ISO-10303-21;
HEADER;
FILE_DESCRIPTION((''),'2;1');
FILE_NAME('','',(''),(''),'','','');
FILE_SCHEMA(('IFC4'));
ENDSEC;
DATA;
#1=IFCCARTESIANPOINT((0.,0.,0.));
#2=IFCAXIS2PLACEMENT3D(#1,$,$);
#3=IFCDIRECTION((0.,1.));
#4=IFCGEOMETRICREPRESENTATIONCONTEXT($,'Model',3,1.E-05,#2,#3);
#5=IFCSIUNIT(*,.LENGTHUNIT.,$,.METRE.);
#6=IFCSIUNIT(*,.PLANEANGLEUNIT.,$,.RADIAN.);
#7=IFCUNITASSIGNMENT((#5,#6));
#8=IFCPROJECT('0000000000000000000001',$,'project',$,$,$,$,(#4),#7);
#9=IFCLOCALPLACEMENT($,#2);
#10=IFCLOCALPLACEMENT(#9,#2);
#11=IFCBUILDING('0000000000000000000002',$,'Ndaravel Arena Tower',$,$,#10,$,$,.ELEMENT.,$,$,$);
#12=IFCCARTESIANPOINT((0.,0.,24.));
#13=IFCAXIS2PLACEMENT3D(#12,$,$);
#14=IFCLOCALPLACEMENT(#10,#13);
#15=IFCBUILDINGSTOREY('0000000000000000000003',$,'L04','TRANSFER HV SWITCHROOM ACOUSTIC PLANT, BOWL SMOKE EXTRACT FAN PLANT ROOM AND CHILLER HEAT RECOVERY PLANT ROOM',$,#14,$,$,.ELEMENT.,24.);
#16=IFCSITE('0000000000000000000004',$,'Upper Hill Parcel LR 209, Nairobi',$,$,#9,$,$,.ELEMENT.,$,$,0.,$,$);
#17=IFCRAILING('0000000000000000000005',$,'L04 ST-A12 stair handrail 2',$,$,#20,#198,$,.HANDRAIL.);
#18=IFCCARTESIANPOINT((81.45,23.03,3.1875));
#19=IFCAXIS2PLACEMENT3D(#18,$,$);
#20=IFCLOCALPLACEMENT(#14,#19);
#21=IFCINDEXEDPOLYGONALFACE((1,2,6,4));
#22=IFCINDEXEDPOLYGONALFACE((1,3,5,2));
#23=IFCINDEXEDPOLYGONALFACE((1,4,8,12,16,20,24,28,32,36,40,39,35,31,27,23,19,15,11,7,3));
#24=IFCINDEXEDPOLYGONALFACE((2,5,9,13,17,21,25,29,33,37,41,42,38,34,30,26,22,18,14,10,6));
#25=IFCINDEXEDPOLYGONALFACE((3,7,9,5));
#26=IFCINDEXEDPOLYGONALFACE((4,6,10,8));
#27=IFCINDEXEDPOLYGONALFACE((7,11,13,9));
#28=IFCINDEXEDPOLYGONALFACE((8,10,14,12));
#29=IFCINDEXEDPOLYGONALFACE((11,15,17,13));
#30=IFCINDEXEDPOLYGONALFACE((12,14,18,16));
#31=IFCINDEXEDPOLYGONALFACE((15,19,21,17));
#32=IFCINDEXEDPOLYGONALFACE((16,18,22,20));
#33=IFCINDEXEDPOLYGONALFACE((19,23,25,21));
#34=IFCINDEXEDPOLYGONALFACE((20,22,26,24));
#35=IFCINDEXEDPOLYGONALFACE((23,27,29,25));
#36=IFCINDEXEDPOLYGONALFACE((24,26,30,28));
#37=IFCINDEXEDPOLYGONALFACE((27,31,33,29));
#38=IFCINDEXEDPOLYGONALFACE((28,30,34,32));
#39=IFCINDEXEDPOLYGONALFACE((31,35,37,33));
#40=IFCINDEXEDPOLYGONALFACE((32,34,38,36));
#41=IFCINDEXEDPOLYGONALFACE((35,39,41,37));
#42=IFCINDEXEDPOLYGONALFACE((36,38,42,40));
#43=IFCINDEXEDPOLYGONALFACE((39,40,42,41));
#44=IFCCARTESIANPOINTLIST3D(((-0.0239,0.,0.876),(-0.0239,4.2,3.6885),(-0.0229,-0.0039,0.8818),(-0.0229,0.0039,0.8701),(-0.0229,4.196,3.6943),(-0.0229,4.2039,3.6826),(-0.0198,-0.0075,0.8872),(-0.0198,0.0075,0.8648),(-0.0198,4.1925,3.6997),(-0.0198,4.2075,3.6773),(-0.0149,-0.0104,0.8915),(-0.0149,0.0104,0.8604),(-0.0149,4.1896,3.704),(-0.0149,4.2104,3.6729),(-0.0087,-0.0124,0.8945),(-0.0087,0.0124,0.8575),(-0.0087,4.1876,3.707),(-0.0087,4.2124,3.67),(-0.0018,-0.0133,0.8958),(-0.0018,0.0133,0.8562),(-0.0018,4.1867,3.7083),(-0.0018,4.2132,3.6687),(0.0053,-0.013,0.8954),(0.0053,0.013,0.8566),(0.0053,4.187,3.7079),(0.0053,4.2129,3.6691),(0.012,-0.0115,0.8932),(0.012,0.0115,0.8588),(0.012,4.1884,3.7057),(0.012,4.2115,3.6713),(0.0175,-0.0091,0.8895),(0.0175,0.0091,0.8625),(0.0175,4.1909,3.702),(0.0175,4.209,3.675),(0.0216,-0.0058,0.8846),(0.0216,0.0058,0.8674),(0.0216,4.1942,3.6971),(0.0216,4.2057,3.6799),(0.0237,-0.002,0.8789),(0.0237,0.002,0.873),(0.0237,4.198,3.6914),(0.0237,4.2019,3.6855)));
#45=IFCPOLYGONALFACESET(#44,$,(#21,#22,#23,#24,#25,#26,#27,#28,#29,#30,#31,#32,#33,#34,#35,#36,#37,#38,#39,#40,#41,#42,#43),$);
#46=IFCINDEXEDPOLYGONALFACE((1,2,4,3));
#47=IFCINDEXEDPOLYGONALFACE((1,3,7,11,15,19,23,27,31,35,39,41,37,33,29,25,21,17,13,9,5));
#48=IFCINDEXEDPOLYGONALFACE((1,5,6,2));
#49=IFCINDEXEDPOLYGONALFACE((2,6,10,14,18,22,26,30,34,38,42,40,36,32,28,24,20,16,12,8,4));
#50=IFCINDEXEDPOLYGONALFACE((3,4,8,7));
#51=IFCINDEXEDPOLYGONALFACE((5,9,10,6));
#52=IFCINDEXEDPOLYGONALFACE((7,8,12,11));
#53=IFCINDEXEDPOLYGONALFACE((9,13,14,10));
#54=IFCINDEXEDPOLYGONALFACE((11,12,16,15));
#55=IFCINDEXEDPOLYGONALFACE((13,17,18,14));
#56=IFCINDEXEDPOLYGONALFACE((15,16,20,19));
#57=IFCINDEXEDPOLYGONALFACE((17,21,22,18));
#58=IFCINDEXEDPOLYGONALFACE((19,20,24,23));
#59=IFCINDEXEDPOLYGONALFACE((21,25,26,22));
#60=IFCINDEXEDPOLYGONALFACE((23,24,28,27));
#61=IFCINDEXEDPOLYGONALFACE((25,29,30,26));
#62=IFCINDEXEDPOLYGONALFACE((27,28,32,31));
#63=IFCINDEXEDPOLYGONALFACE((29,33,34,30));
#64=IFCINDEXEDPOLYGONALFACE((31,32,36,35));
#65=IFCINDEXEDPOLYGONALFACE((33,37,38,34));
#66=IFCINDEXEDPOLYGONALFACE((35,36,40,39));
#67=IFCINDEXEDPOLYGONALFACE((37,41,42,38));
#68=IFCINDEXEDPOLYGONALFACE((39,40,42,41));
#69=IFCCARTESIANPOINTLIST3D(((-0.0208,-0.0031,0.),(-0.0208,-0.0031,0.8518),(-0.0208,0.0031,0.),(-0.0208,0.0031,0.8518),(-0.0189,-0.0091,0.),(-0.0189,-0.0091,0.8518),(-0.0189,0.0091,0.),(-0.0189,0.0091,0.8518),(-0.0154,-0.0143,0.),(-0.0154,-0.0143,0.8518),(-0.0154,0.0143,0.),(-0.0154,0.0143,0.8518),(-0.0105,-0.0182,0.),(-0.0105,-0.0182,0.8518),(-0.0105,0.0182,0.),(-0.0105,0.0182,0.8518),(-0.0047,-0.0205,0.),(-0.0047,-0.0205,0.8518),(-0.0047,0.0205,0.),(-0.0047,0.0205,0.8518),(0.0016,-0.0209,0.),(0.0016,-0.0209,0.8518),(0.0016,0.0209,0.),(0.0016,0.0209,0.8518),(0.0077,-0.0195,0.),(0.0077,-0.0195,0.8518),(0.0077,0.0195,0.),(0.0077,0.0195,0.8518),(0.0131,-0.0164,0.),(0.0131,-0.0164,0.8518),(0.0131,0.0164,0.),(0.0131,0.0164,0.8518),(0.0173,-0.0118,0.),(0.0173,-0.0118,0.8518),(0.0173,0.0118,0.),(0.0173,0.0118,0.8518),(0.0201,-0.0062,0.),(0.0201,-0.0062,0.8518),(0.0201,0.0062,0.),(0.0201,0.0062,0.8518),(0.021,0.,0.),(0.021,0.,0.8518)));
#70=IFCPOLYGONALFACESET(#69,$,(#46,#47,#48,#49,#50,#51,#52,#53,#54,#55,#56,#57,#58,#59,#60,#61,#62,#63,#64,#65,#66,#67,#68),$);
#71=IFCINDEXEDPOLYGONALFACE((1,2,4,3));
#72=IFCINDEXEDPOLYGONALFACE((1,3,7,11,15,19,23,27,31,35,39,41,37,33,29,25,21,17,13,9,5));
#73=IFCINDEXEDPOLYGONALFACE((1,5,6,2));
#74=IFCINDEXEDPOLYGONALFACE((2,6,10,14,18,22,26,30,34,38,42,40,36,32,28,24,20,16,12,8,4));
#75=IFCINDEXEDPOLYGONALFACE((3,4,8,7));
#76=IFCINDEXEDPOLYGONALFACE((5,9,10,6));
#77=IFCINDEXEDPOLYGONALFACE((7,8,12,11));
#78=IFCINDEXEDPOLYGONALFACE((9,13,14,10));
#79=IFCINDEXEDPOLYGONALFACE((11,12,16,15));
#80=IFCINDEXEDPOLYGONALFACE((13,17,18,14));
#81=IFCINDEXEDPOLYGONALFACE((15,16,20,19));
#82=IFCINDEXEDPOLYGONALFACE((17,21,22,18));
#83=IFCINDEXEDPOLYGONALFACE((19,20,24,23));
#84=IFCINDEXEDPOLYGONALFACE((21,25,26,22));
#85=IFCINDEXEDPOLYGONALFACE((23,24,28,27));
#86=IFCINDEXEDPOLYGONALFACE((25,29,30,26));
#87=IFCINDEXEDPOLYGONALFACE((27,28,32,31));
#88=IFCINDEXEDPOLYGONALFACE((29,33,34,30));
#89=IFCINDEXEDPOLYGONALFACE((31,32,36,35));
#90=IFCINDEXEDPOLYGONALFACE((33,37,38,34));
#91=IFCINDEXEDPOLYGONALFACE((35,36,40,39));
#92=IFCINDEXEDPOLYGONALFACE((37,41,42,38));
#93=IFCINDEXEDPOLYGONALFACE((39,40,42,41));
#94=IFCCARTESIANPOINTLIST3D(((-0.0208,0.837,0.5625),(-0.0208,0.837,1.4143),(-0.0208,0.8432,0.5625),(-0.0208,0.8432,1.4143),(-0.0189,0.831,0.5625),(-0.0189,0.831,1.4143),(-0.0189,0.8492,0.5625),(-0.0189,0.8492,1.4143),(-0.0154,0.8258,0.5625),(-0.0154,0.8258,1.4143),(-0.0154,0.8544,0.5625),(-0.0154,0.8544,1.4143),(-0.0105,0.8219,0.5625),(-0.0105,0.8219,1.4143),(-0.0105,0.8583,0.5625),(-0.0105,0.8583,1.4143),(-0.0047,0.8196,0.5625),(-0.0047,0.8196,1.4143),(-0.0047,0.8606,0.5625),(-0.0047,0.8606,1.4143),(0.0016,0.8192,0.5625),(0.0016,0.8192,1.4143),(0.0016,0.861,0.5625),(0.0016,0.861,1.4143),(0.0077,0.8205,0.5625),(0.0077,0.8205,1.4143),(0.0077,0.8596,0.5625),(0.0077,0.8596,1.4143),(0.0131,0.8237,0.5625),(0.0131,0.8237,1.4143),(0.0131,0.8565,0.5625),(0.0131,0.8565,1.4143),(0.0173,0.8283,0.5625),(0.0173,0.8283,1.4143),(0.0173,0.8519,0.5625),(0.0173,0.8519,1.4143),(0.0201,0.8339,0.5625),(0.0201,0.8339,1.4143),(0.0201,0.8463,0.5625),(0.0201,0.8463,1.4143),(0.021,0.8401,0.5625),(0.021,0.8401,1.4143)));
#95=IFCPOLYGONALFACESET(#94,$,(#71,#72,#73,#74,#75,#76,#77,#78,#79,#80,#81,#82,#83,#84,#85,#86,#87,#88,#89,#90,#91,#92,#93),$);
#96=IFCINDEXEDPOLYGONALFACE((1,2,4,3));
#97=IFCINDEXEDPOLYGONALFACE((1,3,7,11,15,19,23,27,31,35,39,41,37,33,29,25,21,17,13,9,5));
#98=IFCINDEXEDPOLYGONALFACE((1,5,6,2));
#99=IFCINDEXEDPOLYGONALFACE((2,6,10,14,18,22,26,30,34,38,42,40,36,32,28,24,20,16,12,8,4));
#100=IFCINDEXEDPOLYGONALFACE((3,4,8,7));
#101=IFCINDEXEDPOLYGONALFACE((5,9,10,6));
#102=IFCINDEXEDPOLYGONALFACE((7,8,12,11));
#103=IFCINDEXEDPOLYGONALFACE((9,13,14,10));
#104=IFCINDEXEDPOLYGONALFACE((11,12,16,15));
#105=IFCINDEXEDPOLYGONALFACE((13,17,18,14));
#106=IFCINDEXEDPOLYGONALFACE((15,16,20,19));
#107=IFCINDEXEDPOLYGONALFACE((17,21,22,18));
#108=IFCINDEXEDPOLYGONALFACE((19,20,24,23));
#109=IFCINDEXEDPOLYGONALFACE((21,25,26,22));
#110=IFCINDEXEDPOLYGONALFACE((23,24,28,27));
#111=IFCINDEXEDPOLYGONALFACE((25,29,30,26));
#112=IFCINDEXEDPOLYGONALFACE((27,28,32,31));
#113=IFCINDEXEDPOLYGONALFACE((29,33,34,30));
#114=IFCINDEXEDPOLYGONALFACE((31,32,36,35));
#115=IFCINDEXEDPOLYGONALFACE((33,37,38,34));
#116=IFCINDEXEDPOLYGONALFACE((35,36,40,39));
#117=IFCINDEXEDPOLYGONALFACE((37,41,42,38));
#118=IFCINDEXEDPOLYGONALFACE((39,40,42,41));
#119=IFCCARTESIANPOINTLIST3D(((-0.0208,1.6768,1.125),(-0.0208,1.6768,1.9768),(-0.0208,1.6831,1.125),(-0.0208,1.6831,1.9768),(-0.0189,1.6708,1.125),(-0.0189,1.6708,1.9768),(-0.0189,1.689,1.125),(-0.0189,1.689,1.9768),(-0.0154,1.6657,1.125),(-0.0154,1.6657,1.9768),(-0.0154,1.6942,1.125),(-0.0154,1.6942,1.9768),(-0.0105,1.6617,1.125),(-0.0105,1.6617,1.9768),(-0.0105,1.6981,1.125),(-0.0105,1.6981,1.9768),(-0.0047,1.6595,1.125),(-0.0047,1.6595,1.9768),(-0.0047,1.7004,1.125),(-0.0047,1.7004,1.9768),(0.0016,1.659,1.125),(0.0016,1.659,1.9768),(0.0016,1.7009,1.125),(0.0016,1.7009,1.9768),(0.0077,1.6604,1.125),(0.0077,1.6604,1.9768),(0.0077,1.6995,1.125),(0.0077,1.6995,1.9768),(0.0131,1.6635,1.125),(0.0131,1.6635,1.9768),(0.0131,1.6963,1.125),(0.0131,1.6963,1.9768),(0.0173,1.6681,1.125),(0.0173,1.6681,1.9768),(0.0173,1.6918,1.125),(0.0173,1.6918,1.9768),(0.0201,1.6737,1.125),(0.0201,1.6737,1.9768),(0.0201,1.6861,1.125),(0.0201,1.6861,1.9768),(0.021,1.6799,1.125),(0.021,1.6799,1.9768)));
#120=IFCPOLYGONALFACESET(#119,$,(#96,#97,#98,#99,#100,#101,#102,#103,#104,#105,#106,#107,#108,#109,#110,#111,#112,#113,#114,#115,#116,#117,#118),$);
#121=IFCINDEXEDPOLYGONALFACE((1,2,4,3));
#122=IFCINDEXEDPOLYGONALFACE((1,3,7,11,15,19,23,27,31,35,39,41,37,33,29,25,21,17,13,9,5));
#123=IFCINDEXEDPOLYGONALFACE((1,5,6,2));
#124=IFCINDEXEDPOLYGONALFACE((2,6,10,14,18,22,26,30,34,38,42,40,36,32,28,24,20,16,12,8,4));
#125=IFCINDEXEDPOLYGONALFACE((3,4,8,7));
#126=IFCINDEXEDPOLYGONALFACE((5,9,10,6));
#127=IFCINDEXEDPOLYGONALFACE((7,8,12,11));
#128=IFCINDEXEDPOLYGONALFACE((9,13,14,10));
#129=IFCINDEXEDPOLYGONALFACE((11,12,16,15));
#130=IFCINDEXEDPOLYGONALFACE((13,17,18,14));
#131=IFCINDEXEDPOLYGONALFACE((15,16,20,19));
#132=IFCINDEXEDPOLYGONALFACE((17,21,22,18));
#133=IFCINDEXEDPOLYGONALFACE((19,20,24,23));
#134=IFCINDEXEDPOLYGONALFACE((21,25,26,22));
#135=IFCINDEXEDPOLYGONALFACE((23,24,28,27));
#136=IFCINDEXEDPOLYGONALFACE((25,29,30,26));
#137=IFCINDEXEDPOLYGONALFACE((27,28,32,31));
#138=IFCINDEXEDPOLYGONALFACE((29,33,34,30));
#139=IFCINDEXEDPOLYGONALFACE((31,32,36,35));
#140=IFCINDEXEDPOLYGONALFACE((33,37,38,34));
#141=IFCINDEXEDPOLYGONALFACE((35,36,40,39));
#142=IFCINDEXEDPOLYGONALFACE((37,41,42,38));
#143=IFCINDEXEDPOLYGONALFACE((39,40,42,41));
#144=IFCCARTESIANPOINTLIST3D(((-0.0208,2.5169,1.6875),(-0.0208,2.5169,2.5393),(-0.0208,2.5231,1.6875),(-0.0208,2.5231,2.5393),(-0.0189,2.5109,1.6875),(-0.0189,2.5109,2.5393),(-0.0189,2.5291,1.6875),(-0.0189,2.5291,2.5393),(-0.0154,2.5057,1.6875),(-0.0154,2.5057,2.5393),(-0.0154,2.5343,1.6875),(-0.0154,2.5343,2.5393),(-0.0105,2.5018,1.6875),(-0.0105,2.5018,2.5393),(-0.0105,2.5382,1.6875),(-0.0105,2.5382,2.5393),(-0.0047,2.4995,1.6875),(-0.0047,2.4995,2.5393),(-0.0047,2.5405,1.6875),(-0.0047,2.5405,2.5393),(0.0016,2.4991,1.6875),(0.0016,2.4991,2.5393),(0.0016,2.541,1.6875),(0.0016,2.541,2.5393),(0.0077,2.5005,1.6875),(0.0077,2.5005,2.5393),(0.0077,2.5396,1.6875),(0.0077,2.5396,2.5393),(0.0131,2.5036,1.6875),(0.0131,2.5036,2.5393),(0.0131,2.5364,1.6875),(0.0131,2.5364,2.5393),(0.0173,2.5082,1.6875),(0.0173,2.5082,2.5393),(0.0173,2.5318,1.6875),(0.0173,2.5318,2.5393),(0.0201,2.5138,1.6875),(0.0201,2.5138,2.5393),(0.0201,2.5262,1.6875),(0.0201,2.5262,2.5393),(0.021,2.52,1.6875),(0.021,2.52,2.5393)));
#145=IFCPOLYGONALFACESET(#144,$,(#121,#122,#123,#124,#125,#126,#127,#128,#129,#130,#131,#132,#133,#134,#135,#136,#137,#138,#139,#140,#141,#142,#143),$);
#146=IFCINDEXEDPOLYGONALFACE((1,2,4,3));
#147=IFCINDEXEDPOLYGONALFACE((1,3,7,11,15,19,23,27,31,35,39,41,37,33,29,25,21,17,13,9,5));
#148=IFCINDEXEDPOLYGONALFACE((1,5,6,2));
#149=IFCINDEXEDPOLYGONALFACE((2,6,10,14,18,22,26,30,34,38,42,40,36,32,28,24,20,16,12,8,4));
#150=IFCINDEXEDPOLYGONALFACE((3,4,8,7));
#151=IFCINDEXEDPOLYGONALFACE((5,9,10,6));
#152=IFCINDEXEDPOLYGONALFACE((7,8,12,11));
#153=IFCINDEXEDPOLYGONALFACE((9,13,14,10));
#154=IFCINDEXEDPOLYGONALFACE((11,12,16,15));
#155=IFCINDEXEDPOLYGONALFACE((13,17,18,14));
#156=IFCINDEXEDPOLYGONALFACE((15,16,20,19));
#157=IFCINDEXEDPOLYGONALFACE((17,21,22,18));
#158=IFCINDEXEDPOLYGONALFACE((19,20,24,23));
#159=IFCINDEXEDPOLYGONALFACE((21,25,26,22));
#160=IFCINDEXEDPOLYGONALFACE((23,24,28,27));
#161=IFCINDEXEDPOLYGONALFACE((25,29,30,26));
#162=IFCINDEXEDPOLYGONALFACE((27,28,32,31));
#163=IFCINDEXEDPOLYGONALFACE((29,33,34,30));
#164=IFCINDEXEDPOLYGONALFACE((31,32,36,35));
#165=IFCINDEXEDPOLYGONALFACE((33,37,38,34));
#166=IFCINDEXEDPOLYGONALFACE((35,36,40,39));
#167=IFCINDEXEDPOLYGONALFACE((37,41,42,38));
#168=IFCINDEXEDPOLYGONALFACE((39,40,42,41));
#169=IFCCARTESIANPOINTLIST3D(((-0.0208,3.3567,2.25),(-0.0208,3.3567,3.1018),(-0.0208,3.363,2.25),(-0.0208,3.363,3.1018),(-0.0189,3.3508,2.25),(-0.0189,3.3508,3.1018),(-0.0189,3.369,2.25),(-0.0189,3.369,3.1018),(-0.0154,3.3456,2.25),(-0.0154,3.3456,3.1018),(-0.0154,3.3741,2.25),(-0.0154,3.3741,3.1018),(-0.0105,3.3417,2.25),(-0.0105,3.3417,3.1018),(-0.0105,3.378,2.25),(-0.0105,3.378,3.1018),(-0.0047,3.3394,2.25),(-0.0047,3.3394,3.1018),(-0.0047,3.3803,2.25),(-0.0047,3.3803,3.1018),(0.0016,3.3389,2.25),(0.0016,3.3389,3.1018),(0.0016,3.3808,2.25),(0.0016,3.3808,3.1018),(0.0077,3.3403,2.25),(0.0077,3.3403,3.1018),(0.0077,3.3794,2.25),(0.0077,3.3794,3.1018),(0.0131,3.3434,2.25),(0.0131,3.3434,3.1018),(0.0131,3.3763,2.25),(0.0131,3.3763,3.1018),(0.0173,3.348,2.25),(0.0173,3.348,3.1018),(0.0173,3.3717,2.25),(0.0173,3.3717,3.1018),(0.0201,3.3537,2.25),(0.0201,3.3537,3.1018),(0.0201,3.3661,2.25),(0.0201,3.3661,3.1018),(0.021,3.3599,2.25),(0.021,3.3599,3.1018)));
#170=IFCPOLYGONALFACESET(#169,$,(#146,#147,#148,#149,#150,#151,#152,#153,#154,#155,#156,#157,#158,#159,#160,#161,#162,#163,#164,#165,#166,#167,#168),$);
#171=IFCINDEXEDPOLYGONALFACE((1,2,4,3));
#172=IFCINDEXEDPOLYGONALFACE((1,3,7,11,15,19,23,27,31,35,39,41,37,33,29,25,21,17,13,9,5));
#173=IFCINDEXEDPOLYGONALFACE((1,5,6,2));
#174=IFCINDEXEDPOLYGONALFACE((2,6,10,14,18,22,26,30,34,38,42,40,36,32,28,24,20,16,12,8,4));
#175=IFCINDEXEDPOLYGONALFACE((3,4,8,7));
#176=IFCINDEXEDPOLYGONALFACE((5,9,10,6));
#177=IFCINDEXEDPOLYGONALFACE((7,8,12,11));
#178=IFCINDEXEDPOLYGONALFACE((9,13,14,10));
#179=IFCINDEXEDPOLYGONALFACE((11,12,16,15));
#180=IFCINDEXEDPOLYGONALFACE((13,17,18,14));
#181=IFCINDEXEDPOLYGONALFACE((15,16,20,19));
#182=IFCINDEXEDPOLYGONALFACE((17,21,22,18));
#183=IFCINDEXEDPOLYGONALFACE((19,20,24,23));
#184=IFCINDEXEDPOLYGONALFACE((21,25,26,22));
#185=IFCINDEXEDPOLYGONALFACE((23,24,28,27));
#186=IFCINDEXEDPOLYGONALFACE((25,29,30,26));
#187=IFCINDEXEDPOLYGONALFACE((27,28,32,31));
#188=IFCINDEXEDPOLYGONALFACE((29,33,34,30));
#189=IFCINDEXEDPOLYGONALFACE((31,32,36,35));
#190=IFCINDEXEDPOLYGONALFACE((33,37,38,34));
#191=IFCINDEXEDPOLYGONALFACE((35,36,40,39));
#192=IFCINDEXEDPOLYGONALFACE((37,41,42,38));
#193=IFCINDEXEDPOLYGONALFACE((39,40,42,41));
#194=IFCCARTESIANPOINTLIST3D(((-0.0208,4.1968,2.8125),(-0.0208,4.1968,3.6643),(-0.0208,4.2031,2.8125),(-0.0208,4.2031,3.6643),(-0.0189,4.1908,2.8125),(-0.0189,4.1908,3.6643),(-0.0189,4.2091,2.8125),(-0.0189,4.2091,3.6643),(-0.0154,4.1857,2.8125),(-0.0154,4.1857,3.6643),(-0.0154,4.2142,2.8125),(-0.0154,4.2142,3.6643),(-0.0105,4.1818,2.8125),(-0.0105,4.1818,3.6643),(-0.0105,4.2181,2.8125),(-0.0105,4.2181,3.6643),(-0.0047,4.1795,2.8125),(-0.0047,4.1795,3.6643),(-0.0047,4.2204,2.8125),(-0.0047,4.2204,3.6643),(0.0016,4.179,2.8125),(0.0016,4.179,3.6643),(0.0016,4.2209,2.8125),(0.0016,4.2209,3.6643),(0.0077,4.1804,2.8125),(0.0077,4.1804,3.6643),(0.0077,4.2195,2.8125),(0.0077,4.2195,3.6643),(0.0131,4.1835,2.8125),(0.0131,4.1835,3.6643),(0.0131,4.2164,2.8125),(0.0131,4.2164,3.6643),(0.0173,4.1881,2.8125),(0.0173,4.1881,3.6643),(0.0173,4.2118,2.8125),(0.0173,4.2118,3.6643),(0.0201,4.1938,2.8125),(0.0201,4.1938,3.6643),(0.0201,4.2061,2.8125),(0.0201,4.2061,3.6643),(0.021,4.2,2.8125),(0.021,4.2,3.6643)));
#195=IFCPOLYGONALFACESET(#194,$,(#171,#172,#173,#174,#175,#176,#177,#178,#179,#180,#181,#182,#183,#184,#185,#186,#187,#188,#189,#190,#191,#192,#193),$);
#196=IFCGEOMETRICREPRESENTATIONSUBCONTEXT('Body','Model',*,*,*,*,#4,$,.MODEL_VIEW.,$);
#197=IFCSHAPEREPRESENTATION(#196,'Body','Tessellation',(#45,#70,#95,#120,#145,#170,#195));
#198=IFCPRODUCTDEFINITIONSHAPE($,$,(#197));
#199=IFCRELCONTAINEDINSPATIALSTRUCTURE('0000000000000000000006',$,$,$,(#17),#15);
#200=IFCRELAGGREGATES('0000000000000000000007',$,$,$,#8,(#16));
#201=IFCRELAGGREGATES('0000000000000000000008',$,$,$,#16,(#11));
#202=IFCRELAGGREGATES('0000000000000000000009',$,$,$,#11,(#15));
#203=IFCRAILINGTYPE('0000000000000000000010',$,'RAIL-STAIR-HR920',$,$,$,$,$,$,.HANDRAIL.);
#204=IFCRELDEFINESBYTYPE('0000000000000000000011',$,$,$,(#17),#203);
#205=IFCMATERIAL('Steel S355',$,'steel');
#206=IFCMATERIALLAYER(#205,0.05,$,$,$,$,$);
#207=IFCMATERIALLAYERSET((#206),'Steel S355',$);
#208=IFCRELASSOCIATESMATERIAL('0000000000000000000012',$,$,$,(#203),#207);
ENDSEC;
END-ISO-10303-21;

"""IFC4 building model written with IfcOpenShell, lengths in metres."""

from ifc_helpers import new_model, si_unit, direction, frame, origin, origin_2d, place, context, subcontext, project, spatial, circle, extrude, material, layer, layer_set, type_object, element, save


model = new_model("IFC4")

# Units and contexts
model_context = context("Model", 3, precision=1e-05, world=origin(), true_north=direction((0.0, 1.0)))
body_context = subcontext(model_context, "Body", "Model", "MODEL_VIEW")
ifc_project = project(units=[si_unit("LENGTHUNIT", "METRE"), si_unit("PLANEANGLEUNIT", "RADIAN")], contexts=[model_context])

# Site, building, storey
site_placement = place(None, origin())
site = spatial("IfcSite", under=ifc_project, at=site_placement, Name="Upper Hill Parcel LR 209, Nairobi", CompositionType="ELEMENT", RefElevation=0.0)
building_placement = place(site_placement, origin())
building = spatial("IfcBuilding", under=site, at=building_placement, Name="Ndaravel Arena Tower", CompositionType="ELEMENT")
storey_placement = place(building_placement, frame((0.0, 0.0, 24.0)))
storey = spatial("IfcBuildingStorey", under=building, at=storey_placement, Name="L04", Description="TRANSFER HV SWITCHROOM ACOUSTIC PLANT, BOWL SMOKE EXTRACT FAN PLANT ROOM AND CHILLER HEAT RECOVERY PLANT ROOM", CompositionType="ELEMENT", Elevation=24.0)

# Railing
ifc_material_1 = material(Name="Steel S355", Category="steel")
ifc_layer_1 = layer(ifc_material_1, 0.05)
ifc_layer_set_1 = layer_set([ifc_layer_1], Name="Steel S355")
railing_type_1 = type_object("IfcRailingType", Name="RAIL-STAIR-HR920", PredefinedType="HANDRAIL", material=ifc_layer_set_1)
railing_1_placement = place(storey_placement, frame((81.45, 23.03, 3.1875)))
element("IfcRailing", 1, at=railing_1_placement, inside=storey, type_object=railing_type_1, Name="L04 ST-A12 stair handrail 2", PredefinedType="HANDRAIL", context=body_context, shape_type="SweptSolid", body=[
    extrude(circle(Radius=0.0239, at=origin_2d()), frame((0.0, 0.0, 0.876), z_axis=(0.0, 0.830904, 0.556416), x_axis=(-1.0, 0.0, 0.0)), (0.0, 0.0, 1.0), 5.0547),
    extrude(circle(Radius=0.021, at=origin_2d()), origin(), (0.0, 0.0, 1.0), 0.8518),
    extrude(circle(Radius=0.021, at=origin_2d()), frame((0.0, 0.8401, 0.5625)), (0.0, 0.0, 1.0), 0.8518),
    extrude(circle(Radius=0.021, at=origin_2d()), frame((0.0, 1.6799, 1.125)), (0.0, 0.0, 1.0), 0.8518),
    extrude(circle(Radius=0.021, at=origin_2d()), frame((0.0, 2.52, 1.6875)), (0.0, 0.0, 1.0), 0.8518),
    extrude(circle(Radius=0.021, at=origin_2d()), frame((0.0, 3.3599, 2.25)), (0.0, 0.0, 1.0), 0.8518),
    extrude(circle(Radius=0.021, at=origin_2d()), frame((0.0, 4.2, 2.8125)), (0.0, 0.0, 1.0), 0.8518),
])

save(model, "model.ifc")
